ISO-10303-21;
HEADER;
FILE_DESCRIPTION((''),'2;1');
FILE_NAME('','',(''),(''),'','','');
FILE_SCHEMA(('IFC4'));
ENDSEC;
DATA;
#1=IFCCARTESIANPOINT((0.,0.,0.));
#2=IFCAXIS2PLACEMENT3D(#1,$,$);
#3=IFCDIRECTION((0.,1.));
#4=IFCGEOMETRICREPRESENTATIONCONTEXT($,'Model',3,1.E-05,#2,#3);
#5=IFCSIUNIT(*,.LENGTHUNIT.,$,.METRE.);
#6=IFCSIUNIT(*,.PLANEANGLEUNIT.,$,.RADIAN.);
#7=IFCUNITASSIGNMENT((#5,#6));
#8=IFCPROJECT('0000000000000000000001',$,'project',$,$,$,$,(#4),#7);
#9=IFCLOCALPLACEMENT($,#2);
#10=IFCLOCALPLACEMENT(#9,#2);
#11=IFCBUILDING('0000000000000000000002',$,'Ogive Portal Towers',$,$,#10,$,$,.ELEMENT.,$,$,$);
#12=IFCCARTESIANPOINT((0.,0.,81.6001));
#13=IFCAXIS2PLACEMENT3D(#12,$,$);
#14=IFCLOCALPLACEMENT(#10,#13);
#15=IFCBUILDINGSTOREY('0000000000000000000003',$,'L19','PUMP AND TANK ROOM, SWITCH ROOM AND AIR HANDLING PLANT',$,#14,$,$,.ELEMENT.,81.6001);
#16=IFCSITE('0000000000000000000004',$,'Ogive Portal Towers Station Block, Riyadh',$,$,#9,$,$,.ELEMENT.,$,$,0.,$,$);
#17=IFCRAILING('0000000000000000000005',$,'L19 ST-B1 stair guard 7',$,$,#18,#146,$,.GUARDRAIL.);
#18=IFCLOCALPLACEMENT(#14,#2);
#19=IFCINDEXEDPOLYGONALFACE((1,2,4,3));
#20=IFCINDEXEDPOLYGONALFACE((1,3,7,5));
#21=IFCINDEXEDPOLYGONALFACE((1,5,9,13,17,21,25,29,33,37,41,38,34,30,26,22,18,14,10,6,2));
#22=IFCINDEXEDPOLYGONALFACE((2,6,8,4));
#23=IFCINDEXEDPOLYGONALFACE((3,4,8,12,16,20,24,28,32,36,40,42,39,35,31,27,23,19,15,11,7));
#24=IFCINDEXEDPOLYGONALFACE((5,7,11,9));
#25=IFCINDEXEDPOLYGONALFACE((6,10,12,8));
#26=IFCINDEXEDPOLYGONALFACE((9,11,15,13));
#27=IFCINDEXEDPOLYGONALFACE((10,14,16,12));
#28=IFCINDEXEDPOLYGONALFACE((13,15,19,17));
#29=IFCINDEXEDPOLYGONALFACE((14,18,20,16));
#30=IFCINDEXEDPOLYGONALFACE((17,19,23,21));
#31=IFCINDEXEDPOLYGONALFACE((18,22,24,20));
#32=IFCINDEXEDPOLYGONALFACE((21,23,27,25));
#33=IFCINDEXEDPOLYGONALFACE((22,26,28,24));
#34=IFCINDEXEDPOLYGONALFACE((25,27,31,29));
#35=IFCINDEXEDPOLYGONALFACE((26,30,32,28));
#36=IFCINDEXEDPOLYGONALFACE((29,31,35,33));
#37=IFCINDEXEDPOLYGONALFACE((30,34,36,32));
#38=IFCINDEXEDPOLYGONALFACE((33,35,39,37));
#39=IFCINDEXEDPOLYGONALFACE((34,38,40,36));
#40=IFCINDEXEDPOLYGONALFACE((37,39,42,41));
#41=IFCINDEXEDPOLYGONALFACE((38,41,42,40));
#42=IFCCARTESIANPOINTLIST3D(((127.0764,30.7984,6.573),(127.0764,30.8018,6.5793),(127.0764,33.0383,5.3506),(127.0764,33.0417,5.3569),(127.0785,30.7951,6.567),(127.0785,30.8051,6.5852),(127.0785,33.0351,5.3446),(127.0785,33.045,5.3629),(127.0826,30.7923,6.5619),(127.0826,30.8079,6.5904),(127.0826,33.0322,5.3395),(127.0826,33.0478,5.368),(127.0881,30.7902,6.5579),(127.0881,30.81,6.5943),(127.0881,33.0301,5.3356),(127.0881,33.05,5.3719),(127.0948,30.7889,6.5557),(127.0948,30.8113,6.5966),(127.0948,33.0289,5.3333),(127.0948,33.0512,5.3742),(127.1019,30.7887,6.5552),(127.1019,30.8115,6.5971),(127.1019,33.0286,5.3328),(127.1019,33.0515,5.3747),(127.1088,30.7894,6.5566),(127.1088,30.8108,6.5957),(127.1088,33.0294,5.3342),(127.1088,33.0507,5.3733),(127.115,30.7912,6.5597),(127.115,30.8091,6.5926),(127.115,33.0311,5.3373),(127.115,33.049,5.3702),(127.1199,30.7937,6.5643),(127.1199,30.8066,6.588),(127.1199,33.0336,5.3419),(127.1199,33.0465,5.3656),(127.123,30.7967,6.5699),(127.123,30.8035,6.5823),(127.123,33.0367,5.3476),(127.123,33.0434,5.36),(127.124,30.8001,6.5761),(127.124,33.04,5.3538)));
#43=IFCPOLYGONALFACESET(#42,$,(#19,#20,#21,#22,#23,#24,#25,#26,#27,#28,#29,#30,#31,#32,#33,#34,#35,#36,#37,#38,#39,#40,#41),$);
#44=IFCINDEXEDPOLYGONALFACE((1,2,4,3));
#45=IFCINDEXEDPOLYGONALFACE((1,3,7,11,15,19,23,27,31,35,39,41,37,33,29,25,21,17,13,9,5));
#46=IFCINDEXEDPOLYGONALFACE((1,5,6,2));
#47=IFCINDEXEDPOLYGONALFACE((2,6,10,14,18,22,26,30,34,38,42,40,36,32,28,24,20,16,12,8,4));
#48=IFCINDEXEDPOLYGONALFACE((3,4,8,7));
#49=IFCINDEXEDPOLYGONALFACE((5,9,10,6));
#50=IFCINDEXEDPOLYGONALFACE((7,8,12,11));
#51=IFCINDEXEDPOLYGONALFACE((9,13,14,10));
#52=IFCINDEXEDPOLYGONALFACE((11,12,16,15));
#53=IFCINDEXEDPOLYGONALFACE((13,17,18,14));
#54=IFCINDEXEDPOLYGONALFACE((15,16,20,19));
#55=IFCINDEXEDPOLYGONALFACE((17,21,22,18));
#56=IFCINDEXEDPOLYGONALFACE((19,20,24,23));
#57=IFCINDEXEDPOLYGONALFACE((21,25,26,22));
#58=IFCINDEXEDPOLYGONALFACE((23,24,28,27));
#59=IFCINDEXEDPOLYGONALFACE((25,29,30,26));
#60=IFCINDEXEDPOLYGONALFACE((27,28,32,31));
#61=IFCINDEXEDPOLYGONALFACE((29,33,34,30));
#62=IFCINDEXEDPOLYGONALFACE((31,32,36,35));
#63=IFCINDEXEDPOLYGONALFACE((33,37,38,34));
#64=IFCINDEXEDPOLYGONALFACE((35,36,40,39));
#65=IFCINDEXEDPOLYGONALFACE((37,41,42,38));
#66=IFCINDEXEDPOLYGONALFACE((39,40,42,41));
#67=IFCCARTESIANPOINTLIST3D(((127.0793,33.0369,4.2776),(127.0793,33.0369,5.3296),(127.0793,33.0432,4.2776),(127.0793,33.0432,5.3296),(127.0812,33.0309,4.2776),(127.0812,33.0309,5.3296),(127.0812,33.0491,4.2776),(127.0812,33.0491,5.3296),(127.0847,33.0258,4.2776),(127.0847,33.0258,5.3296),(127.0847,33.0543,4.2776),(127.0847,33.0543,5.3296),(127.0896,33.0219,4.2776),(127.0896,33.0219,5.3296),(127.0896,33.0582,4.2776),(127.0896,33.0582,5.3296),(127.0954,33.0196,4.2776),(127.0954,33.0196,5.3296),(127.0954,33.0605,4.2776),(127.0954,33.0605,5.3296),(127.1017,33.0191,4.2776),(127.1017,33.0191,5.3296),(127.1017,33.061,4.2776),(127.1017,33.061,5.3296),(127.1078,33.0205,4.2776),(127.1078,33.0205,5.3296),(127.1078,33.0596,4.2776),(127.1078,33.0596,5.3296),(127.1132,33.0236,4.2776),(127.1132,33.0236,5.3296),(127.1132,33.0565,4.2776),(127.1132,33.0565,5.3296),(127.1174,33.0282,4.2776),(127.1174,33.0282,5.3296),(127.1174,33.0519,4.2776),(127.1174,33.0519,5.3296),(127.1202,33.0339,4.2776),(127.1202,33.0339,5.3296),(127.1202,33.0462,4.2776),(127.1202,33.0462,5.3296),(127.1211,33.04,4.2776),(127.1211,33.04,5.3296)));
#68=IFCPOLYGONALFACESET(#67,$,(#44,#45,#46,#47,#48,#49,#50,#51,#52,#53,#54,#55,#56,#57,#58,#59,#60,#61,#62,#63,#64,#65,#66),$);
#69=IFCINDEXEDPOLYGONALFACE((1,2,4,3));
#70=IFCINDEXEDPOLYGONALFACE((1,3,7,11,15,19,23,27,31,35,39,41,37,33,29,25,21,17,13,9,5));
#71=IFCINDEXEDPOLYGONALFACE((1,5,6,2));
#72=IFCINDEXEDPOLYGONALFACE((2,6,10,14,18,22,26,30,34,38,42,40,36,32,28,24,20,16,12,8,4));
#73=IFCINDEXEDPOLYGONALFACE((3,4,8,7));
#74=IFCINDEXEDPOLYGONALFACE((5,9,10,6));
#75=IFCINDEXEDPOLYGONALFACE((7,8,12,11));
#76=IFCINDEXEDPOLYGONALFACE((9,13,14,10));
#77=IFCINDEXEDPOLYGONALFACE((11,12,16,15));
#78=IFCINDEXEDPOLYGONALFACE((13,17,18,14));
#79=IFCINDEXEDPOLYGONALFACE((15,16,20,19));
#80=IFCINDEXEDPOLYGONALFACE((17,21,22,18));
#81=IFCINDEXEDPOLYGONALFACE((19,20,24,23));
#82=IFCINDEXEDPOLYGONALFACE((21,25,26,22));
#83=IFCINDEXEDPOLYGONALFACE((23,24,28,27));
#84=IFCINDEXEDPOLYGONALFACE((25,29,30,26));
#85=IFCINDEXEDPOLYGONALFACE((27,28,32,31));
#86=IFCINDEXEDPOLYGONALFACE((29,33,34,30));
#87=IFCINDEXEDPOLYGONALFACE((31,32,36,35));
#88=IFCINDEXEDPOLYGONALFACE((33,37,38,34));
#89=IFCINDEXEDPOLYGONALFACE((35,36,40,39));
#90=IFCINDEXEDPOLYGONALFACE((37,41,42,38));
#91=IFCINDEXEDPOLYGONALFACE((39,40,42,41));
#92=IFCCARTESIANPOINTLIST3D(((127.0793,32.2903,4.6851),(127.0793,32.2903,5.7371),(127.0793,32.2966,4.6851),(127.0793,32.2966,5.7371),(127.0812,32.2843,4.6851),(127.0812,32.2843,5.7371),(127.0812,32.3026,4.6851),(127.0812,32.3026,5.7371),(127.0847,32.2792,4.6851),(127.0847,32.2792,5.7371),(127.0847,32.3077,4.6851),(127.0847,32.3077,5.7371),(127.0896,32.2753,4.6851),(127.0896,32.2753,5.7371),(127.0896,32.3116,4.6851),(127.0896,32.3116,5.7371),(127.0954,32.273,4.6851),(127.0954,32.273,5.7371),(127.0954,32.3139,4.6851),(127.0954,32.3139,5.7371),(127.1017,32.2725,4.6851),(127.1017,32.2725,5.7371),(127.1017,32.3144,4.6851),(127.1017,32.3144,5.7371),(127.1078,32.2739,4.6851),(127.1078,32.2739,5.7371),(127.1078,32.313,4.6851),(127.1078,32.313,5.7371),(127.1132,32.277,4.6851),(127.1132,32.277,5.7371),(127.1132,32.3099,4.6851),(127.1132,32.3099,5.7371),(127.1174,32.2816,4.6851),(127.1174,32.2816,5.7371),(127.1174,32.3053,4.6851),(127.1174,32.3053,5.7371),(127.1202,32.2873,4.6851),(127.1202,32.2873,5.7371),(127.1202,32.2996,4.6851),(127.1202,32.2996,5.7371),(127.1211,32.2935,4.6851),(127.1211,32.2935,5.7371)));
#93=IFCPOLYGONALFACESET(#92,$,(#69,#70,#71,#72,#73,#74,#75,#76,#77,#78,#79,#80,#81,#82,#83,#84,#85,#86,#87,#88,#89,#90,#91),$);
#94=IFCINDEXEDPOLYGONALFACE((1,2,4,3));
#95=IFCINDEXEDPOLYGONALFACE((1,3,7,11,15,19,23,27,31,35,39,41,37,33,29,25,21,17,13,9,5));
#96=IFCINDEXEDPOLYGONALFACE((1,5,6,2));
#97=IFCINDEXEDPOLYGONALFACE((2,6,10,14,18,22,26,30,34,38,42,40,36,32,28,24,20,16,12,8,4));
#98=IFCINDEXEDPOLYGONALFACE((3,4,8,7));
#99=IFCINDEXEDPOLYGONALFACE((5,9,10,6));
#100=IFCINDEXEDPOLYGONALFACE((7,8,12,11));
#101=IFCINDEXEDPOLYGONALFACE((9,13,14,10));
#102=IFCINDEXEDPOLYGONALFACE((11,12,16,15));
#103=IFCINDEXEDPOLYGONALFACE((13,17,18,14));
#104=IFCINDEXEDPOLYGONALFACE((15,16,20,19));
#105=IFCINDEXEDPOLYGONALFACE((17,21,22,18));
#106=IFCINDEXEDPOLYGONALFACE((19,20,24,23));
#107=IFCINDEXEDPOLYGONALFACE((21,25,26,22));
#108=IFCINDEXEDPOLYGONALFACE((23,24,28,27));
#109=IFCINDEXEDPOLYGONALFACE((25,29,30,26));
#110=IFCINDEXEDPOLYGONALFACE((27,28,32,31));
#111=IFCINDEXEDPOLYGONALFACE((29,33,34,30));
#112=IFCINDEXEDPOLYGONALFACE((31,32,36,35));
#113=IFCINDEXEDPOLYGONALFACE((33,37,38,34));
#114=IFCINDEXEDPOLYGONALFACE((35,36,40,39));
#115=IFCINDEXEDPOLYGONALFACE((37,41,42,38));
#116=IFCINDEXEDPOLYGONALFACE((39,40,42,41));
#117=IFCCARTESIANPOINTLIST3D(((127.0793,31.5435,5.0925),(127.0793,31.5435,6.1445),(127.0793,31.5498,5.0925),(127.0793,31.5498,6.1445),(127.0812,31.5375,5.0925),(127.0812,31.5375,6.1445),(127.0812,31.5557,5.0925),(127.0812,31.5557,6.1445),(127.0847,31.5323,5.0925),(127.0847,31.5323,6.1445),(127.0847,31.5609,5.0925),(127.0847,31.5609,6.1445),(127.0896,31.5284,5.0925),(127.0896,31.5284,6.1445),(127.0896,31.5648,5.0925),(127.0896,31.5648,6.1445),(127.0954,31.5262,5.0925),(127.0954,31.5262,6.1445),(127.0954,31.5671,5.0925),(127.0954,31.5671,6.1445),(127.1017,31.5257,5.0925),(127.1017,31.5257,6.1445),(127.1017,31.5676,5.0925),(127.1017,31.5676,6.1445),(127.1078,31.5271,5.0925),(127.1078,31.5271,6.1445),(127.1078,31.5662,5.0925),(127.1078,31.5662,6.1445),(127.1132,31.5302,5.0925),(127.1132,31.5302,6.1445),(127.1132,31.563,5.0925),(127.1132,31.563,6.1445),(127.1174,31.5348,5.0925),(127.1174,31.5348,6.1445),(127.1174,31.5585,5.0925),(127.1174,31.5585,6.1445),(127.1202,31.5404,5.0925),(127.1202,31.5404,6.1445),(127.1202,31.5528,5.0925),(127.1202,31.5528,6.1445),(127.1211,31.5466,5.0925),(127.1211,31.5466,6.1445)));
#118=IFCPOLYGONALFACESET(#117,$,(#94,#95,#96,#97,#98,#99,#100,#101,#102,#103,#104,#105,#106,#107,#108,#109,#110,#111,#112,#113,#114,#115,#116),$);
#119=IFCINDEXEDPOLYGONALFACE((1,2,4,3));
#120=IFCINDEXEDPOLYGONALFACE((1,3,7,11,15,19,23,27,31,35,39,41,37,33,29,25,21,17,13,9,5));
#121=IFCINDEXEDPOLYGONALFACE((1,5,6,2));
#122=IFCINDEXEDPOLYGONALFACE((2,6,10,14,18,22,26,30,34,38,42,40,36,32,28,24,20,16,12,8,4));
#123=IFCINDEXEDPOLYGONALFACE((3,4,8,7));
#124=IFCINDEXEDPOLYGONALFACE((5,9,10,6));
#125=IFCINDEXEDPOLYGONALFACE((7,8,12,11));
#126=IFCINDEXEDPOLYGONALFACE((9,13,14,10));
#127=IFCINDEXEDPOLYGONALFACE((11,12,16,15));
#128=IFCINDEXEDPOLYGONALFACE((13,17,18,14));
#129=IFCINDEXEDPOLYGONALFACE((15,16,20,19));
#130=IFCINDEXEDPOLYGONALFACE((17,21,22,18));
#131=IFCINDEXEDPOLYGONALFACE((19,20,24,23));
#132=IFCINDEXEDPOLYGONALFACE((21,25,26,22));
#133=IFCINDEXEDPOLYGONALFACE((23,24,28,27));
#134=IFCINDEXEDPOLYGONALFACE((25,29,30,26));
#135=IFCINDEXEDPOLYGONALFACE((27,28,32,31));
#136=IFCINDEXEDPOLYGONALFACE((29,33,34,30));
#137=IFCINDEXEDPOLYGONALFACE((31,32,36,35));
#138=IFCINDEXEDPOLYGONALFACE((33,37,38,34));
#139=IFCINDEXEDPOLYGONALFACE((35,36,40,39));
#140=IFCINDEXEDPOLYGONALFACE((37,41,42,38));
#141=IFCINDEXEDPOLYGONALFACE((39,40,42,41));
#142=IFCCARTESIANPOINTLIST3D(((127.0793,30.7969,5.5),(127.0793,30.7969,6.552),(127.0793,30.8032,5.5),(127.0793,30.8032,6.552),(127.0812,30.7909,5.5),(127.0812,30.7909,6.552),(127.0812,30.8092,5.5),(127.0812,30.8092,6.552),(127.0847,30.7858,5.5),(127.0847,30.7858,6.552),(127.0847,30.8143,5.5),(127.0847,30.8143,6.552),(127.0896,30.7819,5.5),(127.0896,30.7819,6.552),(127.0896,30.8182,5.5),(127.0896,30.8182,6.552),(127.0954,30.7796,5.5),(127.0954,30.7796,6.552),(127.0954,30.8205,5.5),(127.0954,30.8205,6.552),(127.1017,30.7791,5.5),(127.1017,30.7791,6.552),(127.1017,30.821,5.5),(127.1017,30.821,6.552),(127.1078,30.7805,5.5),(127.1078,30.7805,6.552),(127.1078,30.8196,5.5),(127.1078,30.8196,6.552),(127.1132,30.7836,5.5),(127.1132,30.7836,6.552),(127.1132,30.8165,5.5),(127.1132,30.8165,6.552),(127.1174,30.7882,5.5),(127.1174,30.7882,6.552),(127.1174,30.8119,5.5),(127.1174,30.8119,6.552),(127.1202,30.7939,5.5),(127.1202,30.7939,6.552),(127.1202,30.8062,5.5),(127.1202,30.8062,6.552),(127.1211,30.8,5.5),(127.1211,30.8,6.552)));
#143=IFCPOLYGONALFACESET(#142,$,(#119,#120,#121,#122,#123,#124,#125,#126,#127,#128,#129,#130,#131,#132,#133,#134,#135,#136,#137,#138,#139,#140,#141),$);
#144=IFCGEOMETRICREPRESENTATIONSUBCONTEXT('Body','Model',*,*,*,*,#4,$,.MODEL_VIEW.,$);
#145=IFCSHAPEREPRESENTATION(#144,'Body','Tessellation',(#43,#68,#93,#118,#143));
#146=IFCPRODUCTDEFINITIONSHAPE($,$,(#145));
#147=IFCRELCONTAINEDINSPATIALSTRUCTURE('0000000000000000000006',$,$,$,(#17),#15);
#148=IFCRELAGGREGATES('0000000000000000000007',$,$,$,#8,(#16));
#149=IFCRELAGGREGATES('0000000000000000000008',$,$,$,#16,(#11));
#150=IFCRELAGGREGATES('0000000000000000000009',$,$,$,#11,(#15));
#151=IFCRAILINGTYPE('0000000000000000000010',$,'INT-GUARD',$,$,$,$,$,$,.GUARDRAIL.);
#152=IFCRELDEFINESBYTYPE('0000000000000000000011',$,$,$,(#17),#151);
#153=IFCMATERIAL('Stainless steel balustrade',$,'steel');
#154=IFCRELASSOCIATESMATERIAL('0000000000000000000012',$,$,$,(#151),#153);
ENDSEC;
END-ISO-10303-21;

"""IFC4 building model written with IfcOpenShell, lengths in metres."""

from ifc_helpers import new_model, si_unit, direction, frame, origin, origin_2d, place, context, subcontext, project, spatial, circle, extrude, material, type_object, element, save


model = new_model("IFC4")

# Units and contexts
model_context = context("Model", 3, precision=1e-05, world=origin(), true_north=direction((0.0, 1.0)))
body_context = subcontext(model_context, "Body", "Model", "MODEL_VIEW")
ifc_project = project(units=[si_unit("LENGTHUNIT", "METRE"), si_unit("PLANEANGLEUNIT", "RADIAN")], contexts=[model_context])

# Site, building, storey
site_placement = place(None, origin())
site = spatial("IfcSite", under=ifc_project, at=site_placement, Name="Ogive Portal Towers Station Block, Riyadh", CompositionType="ELEMENT", RefElevation=0.0)
building_placement = place(site_placement, origin())
building = spatial("IfcBuilding", under=site, at=building_placement, Name="Ogive Portal Towers", CompositionType="ELEMENT")
storey_placement = place(building_placement, frame((0.0, 0.0, 81.6001)))
storey = spatial("IfcBuildingStorey", under=building, at=storey_placement, Name="L19", Description="PUMP AND TANK ROOM, SWITCH ROOM AND AIR HANDLING PLANT", CompositionType="ELEMENT", Elevation=81.6001)

# Railing
ifc_material_1 = material(Name="Stainless steel balustrade", Category="steel")
railing_type_1 = type_object("IfcRailingType", Name="INT-GUARD", PredefinedType="GUARDRAIL", material=ifc_material_1)
railing_1_placement = place(storey_placement, frame((127.1001, 33.04, 4.2776)))
element("IfcRailing", 1, at=railing_1_placement, inside=storey, type_object=railing_type_1, Name="L19 ST-B1 stair guard 7", PredefinedType="GUARDRAIL", context=body_context, shape_type="SweptSolid", body=[
    extrude(circle(Radius=0.0239, at=origin_2d()), frame((0.0, 0.0, 1.0762), z_axis=(0.0, -0.877797, 0.479033), x_axis=(1.0, 0.0, 0.0)), (0.0, 0.0, 1.0), 2.5518),
    extrude(circle(Radius=0.021, at=origin_2d()), origin(), (0.0, 0.0, 1.0), 1.052),
    extrude(circle(Radius=0.021, at=origin_2d()), frame((0.0, -0.7466, 0.4075)), (0.0, 0.0, 1.0), 1.052),
    extrude(circle(Radius=0.021, at=origin_2d()), frame((0.0, -1.4934, 0.8149)), (0.0, 0.0, 1.0), 1.052),
    extrude(circle(Radius=0.021, at=origin_2d()), frame((0.0, -2.24, 1.2224)), (0.0, 0.0, 1.0), 1.052),
])

save(model, "model.ifc")
